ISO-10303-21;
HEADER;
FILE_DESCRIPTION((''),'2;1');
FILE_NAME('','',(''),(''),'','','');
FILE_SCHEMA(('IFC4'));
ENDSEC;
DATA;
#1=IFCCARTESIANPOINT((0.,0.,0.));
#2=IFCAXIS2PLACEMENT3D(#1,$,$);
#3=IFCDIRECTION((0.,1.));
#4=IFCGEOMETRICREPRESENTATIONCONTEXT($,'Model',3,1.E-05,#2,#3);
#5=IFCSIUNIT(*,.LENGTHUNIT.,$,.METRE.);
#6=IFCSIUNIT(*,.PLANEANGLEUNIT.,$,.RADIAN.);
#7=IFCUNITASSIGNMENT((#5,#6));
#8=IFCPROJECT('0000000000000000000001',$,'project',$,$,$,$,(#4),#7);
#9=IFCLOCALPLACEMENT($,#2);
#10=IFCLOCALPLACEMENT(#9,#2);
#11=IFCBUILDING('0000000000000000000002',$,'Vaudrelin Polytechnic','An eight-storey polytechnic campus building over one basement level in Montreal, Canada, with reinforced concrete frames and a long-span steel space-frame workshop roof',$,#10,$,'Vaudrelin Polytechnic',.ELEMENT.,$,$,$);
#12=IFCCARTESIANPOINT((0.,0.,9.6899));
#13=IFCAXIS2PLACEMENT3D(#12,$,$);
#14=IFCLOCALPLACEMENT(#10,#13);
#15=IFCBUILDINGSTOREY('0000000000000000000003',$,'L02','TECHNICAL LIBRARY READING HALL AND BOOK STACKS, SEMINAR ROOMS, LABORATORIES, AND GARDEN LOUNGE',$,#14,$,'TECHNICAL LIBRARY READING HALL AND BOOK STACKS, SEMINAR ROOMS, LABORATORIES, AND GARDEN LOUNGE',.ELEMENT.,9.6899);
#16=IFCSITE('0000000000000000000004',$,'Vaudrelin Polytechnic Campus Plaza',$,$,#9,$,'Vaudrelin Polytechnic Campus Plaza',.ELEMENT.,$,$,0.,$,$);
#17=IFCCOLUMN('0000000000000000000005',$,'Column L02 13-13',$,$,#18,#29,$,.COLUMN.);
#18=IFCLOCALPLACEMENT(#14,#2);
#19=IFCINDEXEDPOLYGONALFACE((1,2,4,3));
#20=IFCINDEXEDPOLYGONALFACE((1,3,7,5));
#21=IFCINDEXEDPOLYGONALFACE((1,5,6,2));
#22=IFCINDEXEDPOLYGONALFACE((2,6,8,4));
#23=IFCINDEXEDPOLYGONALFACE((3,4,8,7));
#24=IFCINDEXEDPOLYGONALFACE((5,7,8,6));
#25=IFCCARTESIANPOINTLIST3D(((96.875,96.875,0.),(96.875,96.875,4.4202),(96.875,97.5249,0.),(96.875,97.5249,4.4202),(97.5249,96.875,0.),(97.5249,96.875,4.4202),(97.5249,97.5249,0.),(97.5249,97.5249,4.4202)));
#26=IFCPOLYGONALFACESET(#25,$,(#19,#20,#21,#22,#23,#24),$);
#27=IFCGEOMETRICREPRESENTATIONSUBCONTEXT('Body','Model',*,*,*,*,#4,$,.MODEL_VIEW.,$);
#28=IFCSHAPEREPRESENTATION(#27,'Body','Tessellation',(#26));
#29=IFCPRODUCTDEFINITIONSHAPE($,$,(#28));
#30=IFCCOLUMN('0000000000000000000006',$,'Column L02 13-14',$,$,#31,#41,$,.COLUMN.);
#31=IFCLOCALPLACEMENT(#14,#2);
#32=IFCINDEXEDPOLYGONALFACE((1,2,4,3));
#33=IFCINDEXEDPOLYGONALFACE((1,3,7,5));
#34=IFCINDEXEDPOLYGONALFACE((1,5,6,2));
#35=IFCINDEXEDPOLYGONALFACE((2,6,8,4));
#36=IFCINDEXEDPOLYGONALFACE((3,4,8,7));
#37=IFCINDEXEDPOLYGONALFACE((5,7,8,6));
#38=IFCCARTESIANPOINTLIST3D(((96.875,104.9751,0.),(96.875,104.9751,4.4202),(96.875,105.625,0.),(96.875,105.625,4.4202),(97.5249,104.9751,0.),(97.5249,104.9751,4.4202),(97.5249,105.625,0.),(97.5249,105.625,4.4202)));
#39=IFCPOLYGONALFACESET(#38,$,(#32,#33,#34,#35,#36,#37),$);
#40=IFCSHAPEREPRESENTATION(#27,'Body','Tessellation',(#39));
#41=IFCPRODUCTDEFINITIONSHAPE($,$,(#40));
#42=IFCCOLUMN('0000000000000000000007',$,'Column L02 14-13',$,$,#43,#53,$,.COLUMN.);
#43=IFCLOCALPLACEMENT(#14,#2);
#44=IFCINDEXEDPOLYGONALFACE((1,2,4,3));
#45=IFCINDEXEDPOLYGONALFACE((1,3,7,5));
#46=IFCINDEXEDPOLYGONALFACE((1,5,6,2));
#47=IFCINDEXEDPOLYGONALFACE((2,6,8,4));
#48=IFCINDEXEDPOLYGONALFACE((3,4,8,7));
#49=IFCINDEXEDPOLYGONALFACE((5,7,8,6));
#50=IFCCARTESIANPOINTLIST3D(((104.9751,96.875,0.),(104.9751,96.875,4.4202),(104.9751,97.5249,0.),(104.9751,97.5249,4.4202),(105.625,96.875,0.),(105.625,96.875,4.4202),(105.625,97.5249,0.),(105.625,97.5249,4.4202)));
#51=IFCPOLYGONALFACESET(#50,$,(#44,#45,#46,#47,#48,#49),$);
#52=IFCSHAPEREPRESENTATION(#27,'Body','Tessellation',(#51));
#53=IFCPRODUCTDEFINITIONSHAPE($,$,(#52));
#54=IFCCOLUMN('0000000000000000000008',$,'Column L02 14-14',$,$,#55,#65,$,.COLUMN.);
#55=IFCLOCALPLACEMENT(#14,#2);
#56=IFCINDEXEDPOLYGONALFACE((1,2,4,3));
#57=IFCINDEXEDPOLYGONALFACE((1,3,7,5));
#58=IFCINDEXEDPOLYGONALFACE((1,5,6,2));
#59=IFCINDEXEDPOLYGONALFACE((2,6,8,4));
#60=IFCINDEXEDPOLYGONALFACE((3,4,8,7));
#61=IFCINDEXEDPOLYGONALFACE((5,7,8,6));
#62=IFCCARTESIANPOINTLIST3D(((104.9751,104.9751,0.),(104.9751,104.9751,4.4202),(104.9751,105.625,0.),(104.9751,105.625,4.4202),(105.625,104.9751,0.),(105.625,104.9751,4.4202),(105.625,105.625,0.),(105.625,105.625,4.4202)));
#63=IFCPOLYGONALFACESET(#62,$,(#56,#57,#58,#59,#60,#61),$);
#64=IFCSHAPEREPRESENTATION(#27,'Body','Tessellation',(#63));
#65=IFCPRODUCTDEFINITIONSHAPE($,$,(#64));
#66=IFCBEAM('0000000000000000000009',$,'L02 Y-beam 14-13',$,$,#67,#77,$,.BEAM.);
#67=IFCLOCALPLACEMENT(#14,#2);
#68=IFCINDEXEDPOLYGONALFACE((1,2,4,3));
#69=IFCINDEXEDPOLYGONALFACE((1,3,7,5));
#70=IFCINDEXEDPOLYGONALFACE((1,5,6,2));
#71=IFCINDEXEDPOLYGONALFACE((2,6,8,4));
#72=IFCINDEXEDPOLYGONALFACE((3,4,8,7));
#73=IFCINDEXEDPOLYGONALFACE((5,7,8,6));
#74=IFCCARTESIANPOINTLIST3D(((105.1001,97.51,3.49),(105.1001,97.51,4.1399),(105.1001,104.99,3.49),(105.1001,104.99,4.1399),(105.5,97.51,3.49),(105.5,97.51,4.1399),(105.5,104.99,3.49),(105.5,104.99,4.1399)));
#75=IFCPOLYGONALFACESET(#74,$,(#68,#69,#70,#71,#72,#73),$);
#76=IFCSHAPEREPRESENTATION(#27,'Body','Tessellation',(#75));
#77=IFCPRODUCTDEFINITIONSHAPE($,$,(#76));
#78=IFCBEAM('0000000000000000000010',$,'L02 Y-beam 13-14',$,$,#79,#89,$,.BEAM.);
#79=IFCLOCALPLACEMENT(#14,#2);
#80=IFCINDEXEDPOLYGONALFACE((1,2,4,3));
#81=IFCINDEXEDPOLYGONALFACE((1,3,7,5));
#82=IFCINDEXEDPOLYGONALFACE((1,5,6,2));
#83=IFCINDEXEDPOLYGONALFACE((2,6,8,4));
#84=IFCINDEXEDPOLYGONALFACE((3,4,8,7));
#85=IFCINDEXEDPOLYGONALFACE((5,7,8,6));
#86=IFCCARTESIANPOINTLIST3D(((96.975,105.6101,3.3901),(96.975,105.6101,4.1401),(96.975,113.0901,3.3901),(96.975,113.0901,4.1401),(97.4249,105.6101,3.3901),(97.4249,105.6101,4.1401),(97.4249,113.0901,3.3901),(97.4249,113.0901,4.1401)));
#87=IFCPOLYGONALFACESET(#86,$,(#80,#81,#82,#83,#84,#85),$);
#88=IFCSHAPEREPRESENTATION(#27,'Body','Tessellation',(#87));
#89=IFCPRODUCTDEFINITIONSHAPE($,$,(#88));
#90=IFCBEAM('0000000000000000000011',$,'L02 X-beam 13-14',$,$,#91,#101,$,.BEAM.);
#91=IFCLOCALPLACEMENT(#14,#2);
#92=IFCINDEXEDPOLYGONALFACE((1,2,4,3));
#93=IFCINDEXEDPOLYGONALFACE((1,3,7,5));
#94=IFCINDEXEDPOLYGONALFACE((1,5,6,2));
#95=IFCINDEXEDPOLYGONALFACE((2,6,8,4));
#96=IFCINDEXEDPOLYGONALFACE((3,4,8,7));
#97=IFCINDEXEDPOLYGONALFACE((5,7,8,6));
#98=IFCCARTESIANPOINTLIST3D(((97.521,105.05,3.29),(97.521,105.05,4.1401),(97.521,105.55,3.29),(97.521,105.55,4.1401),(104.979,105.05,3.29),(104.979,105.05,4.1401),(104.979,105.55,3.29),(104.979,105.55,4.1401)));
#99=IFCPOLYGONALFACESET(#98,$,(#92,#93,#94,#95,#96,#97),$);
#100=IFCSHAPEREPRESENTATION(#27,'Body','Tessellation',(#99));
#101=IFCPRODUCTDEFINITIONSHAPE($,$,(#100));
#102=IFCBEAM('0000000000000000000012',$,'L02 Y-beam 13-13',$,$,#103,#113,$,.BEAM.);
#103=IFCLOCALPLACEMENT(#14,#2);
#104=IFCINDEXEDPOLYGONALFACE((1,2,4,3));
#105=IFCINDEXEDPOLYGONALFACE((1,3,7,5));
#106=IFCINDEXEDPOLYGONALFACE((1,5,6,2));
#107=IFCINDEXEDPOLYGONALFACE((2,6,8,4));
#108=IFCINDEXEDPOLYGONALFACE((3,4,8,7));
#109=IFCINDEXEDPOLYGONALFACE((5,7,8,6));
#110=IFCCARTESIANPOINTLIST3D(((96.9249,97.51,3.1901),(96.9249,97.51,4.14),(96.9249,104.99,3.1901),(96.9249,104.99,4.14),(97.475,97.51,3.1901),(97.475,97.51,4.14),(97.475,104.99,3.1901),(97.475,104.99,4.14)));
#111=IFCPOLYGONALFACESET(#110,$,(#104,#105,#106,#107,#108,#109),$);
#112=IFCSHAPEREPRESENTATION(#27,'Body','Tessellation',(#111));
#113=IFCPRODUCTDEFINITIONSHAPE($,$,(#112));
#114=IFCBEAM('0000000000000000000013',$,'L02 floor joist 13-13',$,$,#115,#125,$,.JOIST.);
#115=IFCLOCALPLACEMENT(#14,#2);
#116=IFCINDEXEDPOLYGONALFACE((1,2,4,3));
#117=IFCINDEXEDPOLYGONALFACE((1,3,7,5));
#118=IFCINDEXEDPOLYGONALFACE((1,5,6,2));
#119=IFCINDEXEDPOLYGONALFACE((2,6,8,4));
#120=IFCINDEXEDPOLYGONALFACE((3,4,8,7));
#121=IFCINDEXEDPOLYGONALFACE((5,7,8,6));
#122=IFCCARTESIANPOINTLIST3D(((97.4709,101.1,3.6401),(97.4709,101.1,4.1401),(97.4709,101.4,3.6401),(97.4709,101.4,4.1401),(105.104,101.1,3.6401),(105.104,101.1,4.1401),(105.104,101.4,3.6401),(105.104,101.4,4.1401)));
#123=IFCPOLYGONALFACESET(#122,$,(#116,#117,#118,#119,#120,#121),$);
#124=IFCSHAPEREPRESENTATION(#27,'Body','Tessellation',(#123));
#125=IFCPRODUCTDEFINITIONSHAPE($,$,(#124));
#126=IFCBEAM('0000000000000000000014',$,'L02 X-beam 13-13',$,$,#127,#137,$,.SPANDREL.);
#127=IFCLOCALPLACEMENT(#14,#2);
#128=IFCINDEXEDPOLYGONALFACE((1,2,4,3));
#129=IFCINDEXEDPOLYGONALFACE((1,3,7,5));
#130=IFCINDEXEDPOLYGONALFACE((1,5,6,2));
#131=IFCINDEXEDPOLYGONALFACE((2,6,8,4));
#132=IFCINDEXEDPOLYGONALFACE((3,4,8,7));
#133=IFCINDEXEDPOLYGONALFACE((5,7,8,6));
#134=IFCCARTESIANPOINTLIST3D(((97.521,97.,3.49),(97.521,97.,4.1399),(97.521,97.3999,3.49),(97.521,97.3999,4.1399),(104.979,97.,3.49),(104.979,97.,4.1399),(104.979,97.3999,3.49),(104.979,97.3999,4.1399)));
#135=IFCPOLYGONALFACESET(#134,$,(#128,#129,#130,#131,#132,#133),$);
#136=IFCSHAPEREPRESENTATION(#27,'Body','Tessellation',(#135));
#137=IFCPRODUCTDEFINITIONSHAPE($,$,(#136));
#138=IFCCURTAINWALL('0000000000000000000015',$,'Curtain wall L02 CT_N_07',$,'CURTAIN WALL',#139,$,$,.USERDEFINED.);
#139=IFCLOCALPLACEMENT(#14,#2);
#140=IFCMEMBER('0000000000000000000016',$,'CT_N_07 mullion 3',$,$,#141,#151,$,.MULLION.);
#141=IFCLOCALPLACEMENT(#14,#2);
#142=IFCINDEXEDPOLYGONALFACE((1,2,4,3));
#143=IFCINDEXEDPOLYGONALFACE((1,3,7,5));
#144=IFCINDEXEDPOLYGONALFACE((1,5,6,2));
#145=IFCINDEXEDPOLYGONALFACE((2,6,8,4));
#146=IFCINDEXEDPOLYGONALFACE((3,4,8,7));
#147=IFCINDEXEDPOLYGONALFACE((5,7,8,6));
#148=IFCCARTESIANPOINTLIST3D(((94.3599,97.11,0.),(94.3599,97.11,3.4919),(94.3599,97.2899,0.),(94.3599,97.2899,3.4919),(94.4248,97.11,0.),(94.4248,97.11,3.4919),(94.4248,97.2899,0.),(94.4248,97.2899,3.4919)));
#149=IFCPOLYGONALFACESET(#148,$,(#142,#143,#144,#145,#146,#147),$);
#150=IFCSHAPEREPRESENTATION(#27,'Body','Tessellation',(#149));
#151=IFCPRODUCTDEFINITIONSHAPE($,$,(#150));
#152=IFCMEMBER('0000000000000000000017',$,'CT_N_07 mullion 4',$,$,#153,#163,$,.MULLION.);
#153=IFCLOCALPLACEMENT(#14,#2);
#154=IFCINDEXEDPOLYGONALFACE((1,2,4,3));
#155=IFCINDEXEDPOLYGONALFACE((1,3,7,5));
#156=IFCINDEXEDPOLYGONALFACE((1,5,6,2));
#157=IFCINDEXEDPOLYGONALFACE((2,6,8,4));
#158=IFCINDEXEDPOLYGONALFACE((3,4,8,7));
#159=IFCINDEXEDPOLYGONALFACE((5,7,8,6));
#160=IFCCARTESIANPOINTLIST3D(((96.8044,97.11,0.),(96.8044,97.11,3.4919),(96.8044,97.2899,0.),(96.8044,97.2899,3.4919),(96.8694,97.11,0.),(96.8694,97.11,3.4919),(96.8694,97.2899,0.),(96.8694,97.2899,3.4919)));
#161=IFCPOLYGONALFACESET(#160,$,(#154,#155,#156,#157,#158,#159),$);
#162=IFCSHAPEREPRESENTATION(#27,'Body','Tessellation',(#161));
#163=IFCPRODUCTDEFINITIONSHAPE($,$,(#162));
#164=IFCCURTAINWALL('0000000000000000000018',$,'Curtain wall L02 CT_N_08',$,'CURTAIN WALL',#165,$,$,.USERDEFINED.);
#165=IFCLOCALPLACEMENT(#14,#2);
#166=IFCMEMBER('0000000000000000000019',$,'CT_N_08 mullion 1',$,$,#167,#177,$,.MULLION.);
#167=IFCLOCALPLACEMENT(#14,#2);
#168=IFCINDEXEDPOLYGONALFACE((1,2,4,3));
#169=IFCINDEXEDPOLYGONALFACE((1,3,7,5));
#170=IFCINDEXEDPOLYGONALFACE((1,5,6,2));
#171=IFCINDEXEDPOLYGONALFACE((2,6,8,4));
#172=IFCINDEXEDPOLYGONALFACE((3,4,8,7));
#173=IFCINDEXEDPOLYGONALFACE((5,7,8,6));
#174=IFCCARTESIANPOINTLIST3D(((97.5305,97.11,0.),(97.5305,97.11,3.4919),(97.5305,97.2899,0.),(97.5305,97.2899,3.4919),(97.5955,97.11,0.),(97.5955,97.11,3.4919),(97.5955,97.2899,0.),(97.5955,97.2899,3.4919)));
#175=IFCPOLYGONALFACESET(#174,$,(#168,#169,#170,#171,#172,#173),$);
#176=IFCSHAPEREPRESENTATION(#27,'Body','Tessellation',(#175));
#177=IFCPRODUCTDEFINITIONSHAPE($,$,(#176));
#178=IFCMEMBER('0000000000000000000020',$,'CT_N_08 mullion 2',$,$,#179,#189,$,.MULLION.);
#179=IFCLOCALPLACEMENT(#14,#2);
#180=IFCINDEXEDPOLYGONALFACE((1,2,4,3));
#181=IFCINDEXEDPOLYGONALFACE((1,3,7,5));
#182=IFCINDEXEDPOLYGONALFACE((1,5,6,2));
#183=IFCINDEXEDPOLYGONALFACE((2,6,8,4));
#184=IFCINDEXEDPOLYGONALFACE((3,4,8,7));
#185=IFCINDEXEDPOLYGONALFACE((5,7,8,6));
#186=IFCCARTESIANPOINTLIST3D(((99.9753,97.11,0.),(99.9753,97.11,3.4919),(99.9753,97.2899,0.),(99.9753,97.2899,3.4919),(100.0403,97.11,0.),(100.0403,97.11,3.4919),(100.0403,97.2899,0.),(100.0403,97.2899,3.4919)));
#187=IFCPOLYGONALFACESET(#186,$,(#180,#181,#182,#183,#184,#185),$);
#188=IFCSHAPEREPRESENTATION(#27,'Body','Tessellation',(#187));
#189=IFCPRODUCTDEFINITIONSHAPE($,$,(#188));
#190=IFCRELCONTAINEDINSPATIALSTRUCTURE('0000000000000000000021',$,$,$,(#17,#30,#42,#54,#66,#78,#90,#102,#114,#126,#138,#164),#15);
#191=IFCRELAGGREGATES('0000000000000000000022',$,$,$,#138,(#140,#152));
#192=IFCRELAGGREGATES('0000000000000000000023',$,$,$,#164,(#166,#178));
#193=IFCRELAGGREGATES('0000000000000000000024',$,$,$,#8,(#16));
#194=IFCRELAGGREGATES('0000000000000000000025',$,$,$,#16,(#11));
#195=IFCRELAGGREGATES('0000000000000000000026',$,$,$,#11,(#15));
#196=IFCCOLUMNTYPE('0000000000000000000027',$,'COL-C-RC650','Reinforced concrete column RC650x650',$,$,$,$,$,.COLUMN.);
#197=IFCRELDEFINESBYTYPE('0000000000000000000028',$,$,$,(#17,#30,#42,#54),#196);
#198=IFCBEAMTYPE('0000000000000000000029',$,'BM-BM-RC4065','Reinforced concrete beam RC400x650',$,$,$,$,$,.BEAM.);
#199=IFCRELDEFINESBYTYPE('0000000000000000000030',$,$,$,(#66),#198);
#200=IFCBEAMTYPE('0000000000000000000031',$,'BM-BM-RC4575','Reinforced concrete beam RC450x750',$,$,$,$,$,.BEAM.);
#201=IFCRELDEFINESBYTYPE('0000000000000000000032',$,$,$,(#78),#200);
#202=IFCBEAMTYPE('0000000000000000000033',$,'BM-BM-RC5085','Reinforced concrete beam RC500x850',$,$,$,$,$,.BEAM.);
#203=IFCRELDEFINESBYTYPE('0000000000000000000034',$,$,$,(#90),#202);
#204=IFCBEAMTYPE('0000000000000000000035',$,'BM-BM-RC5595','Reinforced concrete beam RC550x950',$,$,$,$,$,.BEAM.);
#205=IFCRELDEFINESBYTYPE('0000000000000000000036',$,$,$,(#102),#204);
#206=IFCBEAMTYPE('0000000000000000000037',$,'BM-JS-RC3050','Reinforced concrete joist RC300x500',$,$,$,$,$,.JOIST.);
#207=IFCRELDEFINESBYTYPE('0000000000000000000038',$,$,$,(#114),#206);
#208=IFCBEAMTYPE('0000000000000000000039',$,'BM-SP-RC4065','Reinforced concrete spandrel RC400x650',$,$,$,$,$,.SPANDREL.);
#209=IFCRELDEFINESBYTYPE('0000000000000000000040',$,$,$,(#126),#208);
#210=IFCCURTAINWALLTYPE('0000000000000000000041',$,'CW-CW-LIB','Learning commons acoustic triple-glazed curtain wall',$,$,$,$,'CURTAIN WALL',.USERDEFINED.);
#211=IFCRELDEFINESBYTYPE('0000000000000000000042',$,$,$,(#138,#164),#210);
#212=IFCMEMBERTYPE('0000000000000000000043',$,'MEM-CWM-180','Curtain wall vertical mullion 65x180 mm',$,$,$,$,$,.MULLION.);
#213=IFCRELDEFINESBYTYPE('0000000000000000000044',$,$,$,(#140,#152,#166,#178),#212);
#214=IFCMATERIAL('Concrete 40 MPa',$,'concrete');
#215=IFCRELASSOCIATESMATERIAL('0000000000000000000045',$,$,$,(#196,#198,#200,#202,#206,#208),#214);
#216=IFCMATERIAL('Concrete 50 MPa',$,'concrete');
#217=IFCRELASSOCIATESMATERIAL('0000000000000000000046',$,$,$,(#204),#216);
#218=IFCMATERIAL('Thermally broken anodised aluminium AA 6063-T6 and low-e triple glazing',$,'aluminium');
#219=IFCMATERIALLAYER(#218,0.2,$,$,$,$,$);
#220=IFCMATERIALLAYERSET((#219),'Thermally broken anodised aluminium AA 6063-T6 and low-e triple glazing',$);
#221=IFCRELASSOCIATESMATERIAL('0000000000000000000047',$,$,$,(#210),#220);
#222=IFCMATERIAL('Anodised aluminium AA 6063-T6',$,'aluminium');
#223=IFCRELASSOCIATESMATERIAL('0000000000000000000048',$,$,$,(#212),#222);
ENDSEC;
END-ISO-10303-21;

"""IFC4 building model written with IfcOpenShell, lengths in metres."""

from ifc_helpers import new_model, si_unit, direction, frame, origin, origin_2d, place, context, subcontext, project, spatial, rectangle, extrude, material, layer, layer_set, material_profile, profile_set, type_object, element, aggregate, save


model = new_model("IFC4")

# Units and contexts
model_context = context("Model", 3, precision=1e-05, world=origin(), true_north=direction((0.0, 1.0)))
body_context = subcontext(model_context, "Body", "Model", "MODEL_VIEW")
ifc_project = project(units=[si_unit("LENGTHUNIT", "METRE"), si_unit("PLANEANGLEUNIT", "RADIAN")], contexts=[model_context])

# Site, building, storey
site_placement = place(None, origin())
site = spatial("IfcSite", under=ifc_project, at=site_placement, Name="Vaudrelin Polytechnic Campus Plaza", LongName="Vaudrelin Polytechnic Campus Plaza", CompositionType="ELEMENT", RefElevation=0.0)
building_placement = place(site_placement, origin())
building = spatial("IfcBuilding", under=site, at=building_placement, Name="Vaudrelin Polytechnic", Description="An eight-storey polytechnic campus building over one basement level in Montreal, Canada, with reinforced concrete frames and a long-span steel space-frame workshop roof", LongName="Vaudrelin Polytechnic", CompositionType="ELEMENT")
storey_placement = place(building_placement, frame((0.0, 0.0, 9.6899)))
storey = spatial("IfcBuildingStorey", under=building, at=storey_placement, Name="L02", Description="TECHNICAL LIBRARY READING HALL AND BOOK STACKS, SEMINAR ROOMS, LABORATORIES, AND GARDEN LOUNGE", LongName="TECHNICAL LIBRARY READING HALL AND BOOK STACKS, SEMINAR ROOMS, LABORATORIES, AND GARDEN LOUNGE", CompositionType="ELEMENT", Elevation=9.6899)

# Columns
ifc_material_1 = material(Name="Concrete 40 MPa", Category="concrete")
ifc_material_profile_1 = material_profile(ifc_material_1, rectangle(XDim=0.6499, YDim=0.6499, at=origin_2d()), Name="RC650x650")
ifc_profile_set_1 = profile_set([ifc_material_profile_1], Name="Concrete 40 MPa")
column_type = type_object("IfcColumnType", Name="COL-C-RC650", Description="Reinforced concrete column RC650x650", PredefinedType="COLUMN", material=ifc_profile_set_1)
for number, where, z_axis, x_axis, name in (
    (1, (97.2, 97.2, 0.0), (0.0, 0.0, 1.0), (1.0, 0.0, 0.0), "Column L02 13-13"),
    (2, (97.2, 105.3, 0.0), (0.0, 0.0, 1.0), (1.0, 0.0, 0.0), "Column L02 13-14"),
    (3, (105.3, 97.2, 0.0), (0.0, 0.0, 1.0), (1.0, 0.0, 0.0), "Column L02 14-13"),
    (4, (105.3, 105.3, 0.0), (0.0, 0.0, 1.0), (1.0, 0.0, 0.0), "Column L02 14-14"),
):
    element("IfcColumn", number, at=place(storey_placement, frame(where, z_axis=z_axis, x_axis=x_axis)), inside=storey, type_object=column_type, Name=name, PredefinedType="COLUMN", context=body_context, shape_type="SweptSolid", body=[
        extrude(rectangle(XDim=0.6499, YDim=0.6499, at=origin_2d()), origin(), (0.0, 0.0, 1.0), 4.4202),
    ])

# Beams
ifc_material_profile_2 = material_profile(ifc_material_1, rectangle(XDim=0.3999, YDim=0.6499, at=origin_2d()), Name="RC400x650")
ifc_profile_set_2 = profile_set([ifc_material_profile_2], Name="Concrete 40 MPa")
beam_type_1 = type_object("IfcBeamType", Name="BM-BM-RC4065", Description="Reinforced concrete beam RC400x650", PredefinedType="BEAM", material=ifc_profile_set_2)
beam_1_placement = place(storey_placement, frame((105.3, 97.51, 3.8149), z_axis=(0.0, 1.0, 0.0), x_axis=(-1.0, 0.0, 0.0)))
element("IfcBeam", 5, at=beam_1_placement, inside=storey, type_object=beam_type_1, Name="L02 Y-beam 14-13", PredefinedType="BEAM", context=body_context, shape_type="SweptSolid", body=[
    extrude(rectangle(XDim=0.3999, YDim=0.6499, at=origin_2d()), origin(), (0.0, 0.0, 1.0), 7.48),
])
ifc_material_profile_3 = material_profile(ifc_material_1, rectangle(XDim=0.45, YDim=0.75, at=origin_2d()), Name="RC450x750")
ifc_profile_set_3 = profile_set([ifc_material_profile_3], Name="Concrete 40 MPa")
beam_type_2 = type_object("IfcBeamType", Name="BM-BM-RC4575", Description="Reinforced concrete beam RC450x750", PredefinedType="BEAM", material=ifc_profile_set_3)
beam_2_placement = place(storey_placement, frame((97.2, 105.6101, 3.7651), z_axis=(0.0, 1.0, 0.0), x_axis=(-1.0, 0.0, 0.0)))
element("IfcBeam", 6, at=beam_2_placement, inside=storey, type_object=beam_type_2, Name="L02 Y-beam 13-14", PredefinedType="BEAM", context=body_context, shape_type="SweptSolid", body=[
    extrude(rectangle(XDim=0.45, YDim=0.75, at=origin_2d()), origin(), (0.0, 0.0, 1.0), 7.48),
])
ifc_material_profile_4 = material_profile(ifc_material_1, rectangle(XDim=0.5, YDim=0.8501, at=origin_2d()), Name="RC500x850")
ifc_profile_set_4 = profile_set([ifc_material_profile_4], Name="Concrete 40 MPa")
beam_type_3 = type_object("IfcBeamType", Name="BM-BM-RC5085", Description="Reinforced concrete beam RC500x850", PredefinedType="BEAM", material=ifc_profile_set_4)
beam_3_placement = place(storey_placement, frame((97.521, 105.3, 3.7151), z_axis=(1.0, 0.0, 0.0), x_axis=(0.0, 1.0, 0.0)))
element("IfcBeam", 7, at=beam_3_placement, inside=storey, type_object=beam_type_3, Name="L02 X-beam 13-14", PredefinedType="BEAM", context=body_context, shape_type="SweptSolid", body=[
    extrude(rectangle(XDim=0.5, YDim=0.8501, at=origin_2d()), origin(), (0.0, 0.0, 1.0), 7.458),
])
ifc_material_2 = material(Name="Concrete 50 MPa", Category="concrete")
ifc_material_profile_5 = material_profile(ifc_material_2, rectangle(XDim=0.55, YDim=0.95, at=origin_2d()), Name="RC550x950")
ifc_profile_set_5 = profile_set([ifc_material_profile_5], Name="Concrete 50 MPa")
beam_type_4 = type_object("IfcBeamType", Name="BM-BM-RC5595", Description="Reinforced concrete beam RC550x950", PredefinedType="BEAM", material=ifc_profile_set_5)
beam_4_placement = place(storey_placement, frame((97.2, 97.51, 3.665), z_axis=(0.0, 1.0, 0.0), x_axis=(-1.0, 0.0, 0.0)))
element("IfcBeam", 8, at=beam_4_placement, inside=storey, type_object=beam_type_4, Name="L02 Y-beam 13-13", PredefinedType="BEAM", context=body_context, shape_type="SweptSolid", body=[
    extrude(rectangle(XDim=0.55, YDim=0.95, at=origin_2d()), origin(), (0.0, 0.0, 1.0), 7.48),
])
ifc_material_profile_6 = material_profile(ifc_material_1, rectangle(XDim=0.3, YDim=0.5, at=origin_2d()), Name="RC300x500")
ifc_profile_set_6 = profile_set([ifc_material_profile_6], Name="Concrete 40 MPa")
beam_type_5 = type_object("IfcBeamType", Name="BM-JS-RC3050", Description="Reinforced concrete joist RC300x500", PredefinedType="JOIST", material=ifc_profile_set_6)
beam_5_placement = place(storey_placement, frame((97.4709, 101.25, 3.8901), z_axis=(1.0, 0.0, 0.0), x_axis=(0.0, 1.0, 0.0)))
element("IfcBeam", 9, at=beam_5_placement, inside=storey, type_object=beam_type_5, Name="L02 floor joist 13-13", PredefinedType="JOIST", context=body_context, shape_type="SweptSolid", body=[
    extrude(rectangle(XDim=0.3, YDim=0.5, at=origin_2d()), origin(), (0.0, 0.0, 1.0), 7.6331),
])
ifc_material_profile_7 = material_profile(ifc_material_1, rectangle(XDim=0.3999, YDim=0.6499, at=origin_2d()), Name="RC400x650")
ifc_profile_set_7 = profile_set([ifc_material_profile_7], Name="Concrete 40 MPa")
beam_type_6 = type_object("IfcBeamType", Name="BM-SP-RC4065", Description="Reinforced concrete spandrel RC400x650", PredefinedType="SPANDREL", material=ifc_profile_set_7)
beam_6_placement = place(storey_placement, frame((97.521, 97.2, 3.8149), z_axis=(1.0, 0.0, 0.0), x_axis=(0.0, 1.0, 0.0)))
element("IfcBeam", 10, at=beam_6_placement, inside=storey, type_object=beam_type_6, Name="L02 X-beam 13-13", PredefinedType="SPANDREL", context=body_context, shape_type="SweptSolid", body=[
    extrude(rectangle(XDim=0.3999, YDim=0.6499, at=origin_2d()), origin(), (0.0, 0.0, 1.0), 7.458),
])

# Curtain walls, members
ifc_material_3 = material(Name="Thermally broken anodised aluminium AA 6063-T6 and low-e triple glazing", Category="aluminium")
ifc_layer_1 = layer(ifc_material_3, 0.2)
ifc_layer_set_1 = layer_set([ifc_layer_1], Name="Thermally broken anodised aluminium AA 6063-T6 and low-e triple glazing")
curtain_wall_type = type_object("IfcCurtainWallType", Name="CW-CW-LIB", Description="Learning commons acoustic triple-glazed curtain wall", ElementType="CURTAIN WALL", PredefinedType="USERDEFINED", material=ifc_layer_set_1)
curtain_wall_1_placement = place(storey_placement, origin())
curtain_wall_1 = element("IfcCurtainWall", 11, at=curtain_wall_1_placement, inside=storey, type_object=curtain_wall_type, Name="Curtain wall L02 CT_N_07", ObjectType="CURTAIN WALL", PredefinedType="USERDEFINED")
ifc_material_4 = material(Name="Anodised aluminium AA 6063-T6", Category="aluminium")
ifc_material_profile_8 = material_profile(ifc_material_4, rectangle(XDim=0.0649, YDim=0.1799, at=origin_2d()), Name="CWM-65x180")
ifc_profile_set_8 = profile_set([ifc_material_profile_8], Name="Anodised aluminium AA 6063-T6")
member_type_1 = type_object("IfcMemberType", Name="MEM-CWM-180", Description="Curtain wall vertical mullion 65x180 mm", PredefinedType="MULLION", material=ifc_profile_set_8)
member_1_placement = place(storey_placement, frame((94.3923, 97.2, 0.0), z_axis=(0.0, 0.0, 1.0), x_axis=(1.0, 0.0, 0.0)))
member_1 = element("IfcMember", 12, at=member_1_placement, type_object=member_type_1, Name="CT_N_07 mullion 3", PredefinedType="MULLION", context=body_context, shape_type="SweptSolid", body=[
    extrude(rectangle(XDim=0.0649, YDim=0.1799, at=origin_2d()), origin(), (0.0, 0.0, 1.0), 3.4919),
])
member_2_placement = place(storey_placement, frame((96.8369, 97.2, 0.0), z_axis=(0.0, 0.0, 1.0), x_axis=(1.0, 0.0, 0.0)))
member_2 = element("IfcMember", 13, at=member_2_placement, type_object=member_type_1, Name="CT_N_07 mullion 4", PredefinedType="MULLION", context=body_context, shape_type="SweptSolid", body=[
    extrude(rectangle(XDim=0.0649, YDim=0.1799, at=origin_2d()), origin(), (0.0, 0.0, 1.0), 3.4919),
])
curtain_wall_2_placement = place(storey_placement, origin())
curtain_wall_2 = element("IfcCurtainWall", 14, at=curtain_wall_2_placement, inside=storey, type_object=curtain_wall_type, Name="Curtain wall L02 CT_N_08", ObjectType="CURTAIN WALL", PredefinedType="USERDEFINED")
member_3_placement = place(storey_placement, frame((97.563, 97.2, 0.0), z_axis=(0.0, 0.0, 1.0), x_axis=(1.0, 0.0, 0.0)))
member_3 = element("IfcMember", 15, at=member_3_placement, type_object=member_type_1, Name="CT_N_08 mullion 1", PredefinedType="MULLION", context=body_context, shape_type="SweptSolid", body=[
    extrude(rectangle(XDim=0.0649, YDim=0.1799, at=origin_2d()), origin(), (0.0, 0.0, 1.0), 3.4919),
])
member_4_placement = place(storey_placement, frame((100.0078, 97.2, 0.0), z_axis=(0.0, 0.0, 1.0), x_axis=(1.0, 0.0, 0.0)))
member_4 = element("IfcMember", 16, at=member_4_placement, type_object=member_type_1, Name="CT_N_08 mullion 2", PredefinedType="MULLION", context=body_context, shape_type="SweptSolid", body=[
    extrude(rectangle(XDim=0.0649, YDim=0.1799, at=origin_2d()), origin(), (0.0, 0.0, 1.0), 3.4919),
])

aggregate(curtain_wall_1, [member_1, member_2])
aggregate(curtain_wall_2, [member_3, member_4])

save(model, "model.ifc")
